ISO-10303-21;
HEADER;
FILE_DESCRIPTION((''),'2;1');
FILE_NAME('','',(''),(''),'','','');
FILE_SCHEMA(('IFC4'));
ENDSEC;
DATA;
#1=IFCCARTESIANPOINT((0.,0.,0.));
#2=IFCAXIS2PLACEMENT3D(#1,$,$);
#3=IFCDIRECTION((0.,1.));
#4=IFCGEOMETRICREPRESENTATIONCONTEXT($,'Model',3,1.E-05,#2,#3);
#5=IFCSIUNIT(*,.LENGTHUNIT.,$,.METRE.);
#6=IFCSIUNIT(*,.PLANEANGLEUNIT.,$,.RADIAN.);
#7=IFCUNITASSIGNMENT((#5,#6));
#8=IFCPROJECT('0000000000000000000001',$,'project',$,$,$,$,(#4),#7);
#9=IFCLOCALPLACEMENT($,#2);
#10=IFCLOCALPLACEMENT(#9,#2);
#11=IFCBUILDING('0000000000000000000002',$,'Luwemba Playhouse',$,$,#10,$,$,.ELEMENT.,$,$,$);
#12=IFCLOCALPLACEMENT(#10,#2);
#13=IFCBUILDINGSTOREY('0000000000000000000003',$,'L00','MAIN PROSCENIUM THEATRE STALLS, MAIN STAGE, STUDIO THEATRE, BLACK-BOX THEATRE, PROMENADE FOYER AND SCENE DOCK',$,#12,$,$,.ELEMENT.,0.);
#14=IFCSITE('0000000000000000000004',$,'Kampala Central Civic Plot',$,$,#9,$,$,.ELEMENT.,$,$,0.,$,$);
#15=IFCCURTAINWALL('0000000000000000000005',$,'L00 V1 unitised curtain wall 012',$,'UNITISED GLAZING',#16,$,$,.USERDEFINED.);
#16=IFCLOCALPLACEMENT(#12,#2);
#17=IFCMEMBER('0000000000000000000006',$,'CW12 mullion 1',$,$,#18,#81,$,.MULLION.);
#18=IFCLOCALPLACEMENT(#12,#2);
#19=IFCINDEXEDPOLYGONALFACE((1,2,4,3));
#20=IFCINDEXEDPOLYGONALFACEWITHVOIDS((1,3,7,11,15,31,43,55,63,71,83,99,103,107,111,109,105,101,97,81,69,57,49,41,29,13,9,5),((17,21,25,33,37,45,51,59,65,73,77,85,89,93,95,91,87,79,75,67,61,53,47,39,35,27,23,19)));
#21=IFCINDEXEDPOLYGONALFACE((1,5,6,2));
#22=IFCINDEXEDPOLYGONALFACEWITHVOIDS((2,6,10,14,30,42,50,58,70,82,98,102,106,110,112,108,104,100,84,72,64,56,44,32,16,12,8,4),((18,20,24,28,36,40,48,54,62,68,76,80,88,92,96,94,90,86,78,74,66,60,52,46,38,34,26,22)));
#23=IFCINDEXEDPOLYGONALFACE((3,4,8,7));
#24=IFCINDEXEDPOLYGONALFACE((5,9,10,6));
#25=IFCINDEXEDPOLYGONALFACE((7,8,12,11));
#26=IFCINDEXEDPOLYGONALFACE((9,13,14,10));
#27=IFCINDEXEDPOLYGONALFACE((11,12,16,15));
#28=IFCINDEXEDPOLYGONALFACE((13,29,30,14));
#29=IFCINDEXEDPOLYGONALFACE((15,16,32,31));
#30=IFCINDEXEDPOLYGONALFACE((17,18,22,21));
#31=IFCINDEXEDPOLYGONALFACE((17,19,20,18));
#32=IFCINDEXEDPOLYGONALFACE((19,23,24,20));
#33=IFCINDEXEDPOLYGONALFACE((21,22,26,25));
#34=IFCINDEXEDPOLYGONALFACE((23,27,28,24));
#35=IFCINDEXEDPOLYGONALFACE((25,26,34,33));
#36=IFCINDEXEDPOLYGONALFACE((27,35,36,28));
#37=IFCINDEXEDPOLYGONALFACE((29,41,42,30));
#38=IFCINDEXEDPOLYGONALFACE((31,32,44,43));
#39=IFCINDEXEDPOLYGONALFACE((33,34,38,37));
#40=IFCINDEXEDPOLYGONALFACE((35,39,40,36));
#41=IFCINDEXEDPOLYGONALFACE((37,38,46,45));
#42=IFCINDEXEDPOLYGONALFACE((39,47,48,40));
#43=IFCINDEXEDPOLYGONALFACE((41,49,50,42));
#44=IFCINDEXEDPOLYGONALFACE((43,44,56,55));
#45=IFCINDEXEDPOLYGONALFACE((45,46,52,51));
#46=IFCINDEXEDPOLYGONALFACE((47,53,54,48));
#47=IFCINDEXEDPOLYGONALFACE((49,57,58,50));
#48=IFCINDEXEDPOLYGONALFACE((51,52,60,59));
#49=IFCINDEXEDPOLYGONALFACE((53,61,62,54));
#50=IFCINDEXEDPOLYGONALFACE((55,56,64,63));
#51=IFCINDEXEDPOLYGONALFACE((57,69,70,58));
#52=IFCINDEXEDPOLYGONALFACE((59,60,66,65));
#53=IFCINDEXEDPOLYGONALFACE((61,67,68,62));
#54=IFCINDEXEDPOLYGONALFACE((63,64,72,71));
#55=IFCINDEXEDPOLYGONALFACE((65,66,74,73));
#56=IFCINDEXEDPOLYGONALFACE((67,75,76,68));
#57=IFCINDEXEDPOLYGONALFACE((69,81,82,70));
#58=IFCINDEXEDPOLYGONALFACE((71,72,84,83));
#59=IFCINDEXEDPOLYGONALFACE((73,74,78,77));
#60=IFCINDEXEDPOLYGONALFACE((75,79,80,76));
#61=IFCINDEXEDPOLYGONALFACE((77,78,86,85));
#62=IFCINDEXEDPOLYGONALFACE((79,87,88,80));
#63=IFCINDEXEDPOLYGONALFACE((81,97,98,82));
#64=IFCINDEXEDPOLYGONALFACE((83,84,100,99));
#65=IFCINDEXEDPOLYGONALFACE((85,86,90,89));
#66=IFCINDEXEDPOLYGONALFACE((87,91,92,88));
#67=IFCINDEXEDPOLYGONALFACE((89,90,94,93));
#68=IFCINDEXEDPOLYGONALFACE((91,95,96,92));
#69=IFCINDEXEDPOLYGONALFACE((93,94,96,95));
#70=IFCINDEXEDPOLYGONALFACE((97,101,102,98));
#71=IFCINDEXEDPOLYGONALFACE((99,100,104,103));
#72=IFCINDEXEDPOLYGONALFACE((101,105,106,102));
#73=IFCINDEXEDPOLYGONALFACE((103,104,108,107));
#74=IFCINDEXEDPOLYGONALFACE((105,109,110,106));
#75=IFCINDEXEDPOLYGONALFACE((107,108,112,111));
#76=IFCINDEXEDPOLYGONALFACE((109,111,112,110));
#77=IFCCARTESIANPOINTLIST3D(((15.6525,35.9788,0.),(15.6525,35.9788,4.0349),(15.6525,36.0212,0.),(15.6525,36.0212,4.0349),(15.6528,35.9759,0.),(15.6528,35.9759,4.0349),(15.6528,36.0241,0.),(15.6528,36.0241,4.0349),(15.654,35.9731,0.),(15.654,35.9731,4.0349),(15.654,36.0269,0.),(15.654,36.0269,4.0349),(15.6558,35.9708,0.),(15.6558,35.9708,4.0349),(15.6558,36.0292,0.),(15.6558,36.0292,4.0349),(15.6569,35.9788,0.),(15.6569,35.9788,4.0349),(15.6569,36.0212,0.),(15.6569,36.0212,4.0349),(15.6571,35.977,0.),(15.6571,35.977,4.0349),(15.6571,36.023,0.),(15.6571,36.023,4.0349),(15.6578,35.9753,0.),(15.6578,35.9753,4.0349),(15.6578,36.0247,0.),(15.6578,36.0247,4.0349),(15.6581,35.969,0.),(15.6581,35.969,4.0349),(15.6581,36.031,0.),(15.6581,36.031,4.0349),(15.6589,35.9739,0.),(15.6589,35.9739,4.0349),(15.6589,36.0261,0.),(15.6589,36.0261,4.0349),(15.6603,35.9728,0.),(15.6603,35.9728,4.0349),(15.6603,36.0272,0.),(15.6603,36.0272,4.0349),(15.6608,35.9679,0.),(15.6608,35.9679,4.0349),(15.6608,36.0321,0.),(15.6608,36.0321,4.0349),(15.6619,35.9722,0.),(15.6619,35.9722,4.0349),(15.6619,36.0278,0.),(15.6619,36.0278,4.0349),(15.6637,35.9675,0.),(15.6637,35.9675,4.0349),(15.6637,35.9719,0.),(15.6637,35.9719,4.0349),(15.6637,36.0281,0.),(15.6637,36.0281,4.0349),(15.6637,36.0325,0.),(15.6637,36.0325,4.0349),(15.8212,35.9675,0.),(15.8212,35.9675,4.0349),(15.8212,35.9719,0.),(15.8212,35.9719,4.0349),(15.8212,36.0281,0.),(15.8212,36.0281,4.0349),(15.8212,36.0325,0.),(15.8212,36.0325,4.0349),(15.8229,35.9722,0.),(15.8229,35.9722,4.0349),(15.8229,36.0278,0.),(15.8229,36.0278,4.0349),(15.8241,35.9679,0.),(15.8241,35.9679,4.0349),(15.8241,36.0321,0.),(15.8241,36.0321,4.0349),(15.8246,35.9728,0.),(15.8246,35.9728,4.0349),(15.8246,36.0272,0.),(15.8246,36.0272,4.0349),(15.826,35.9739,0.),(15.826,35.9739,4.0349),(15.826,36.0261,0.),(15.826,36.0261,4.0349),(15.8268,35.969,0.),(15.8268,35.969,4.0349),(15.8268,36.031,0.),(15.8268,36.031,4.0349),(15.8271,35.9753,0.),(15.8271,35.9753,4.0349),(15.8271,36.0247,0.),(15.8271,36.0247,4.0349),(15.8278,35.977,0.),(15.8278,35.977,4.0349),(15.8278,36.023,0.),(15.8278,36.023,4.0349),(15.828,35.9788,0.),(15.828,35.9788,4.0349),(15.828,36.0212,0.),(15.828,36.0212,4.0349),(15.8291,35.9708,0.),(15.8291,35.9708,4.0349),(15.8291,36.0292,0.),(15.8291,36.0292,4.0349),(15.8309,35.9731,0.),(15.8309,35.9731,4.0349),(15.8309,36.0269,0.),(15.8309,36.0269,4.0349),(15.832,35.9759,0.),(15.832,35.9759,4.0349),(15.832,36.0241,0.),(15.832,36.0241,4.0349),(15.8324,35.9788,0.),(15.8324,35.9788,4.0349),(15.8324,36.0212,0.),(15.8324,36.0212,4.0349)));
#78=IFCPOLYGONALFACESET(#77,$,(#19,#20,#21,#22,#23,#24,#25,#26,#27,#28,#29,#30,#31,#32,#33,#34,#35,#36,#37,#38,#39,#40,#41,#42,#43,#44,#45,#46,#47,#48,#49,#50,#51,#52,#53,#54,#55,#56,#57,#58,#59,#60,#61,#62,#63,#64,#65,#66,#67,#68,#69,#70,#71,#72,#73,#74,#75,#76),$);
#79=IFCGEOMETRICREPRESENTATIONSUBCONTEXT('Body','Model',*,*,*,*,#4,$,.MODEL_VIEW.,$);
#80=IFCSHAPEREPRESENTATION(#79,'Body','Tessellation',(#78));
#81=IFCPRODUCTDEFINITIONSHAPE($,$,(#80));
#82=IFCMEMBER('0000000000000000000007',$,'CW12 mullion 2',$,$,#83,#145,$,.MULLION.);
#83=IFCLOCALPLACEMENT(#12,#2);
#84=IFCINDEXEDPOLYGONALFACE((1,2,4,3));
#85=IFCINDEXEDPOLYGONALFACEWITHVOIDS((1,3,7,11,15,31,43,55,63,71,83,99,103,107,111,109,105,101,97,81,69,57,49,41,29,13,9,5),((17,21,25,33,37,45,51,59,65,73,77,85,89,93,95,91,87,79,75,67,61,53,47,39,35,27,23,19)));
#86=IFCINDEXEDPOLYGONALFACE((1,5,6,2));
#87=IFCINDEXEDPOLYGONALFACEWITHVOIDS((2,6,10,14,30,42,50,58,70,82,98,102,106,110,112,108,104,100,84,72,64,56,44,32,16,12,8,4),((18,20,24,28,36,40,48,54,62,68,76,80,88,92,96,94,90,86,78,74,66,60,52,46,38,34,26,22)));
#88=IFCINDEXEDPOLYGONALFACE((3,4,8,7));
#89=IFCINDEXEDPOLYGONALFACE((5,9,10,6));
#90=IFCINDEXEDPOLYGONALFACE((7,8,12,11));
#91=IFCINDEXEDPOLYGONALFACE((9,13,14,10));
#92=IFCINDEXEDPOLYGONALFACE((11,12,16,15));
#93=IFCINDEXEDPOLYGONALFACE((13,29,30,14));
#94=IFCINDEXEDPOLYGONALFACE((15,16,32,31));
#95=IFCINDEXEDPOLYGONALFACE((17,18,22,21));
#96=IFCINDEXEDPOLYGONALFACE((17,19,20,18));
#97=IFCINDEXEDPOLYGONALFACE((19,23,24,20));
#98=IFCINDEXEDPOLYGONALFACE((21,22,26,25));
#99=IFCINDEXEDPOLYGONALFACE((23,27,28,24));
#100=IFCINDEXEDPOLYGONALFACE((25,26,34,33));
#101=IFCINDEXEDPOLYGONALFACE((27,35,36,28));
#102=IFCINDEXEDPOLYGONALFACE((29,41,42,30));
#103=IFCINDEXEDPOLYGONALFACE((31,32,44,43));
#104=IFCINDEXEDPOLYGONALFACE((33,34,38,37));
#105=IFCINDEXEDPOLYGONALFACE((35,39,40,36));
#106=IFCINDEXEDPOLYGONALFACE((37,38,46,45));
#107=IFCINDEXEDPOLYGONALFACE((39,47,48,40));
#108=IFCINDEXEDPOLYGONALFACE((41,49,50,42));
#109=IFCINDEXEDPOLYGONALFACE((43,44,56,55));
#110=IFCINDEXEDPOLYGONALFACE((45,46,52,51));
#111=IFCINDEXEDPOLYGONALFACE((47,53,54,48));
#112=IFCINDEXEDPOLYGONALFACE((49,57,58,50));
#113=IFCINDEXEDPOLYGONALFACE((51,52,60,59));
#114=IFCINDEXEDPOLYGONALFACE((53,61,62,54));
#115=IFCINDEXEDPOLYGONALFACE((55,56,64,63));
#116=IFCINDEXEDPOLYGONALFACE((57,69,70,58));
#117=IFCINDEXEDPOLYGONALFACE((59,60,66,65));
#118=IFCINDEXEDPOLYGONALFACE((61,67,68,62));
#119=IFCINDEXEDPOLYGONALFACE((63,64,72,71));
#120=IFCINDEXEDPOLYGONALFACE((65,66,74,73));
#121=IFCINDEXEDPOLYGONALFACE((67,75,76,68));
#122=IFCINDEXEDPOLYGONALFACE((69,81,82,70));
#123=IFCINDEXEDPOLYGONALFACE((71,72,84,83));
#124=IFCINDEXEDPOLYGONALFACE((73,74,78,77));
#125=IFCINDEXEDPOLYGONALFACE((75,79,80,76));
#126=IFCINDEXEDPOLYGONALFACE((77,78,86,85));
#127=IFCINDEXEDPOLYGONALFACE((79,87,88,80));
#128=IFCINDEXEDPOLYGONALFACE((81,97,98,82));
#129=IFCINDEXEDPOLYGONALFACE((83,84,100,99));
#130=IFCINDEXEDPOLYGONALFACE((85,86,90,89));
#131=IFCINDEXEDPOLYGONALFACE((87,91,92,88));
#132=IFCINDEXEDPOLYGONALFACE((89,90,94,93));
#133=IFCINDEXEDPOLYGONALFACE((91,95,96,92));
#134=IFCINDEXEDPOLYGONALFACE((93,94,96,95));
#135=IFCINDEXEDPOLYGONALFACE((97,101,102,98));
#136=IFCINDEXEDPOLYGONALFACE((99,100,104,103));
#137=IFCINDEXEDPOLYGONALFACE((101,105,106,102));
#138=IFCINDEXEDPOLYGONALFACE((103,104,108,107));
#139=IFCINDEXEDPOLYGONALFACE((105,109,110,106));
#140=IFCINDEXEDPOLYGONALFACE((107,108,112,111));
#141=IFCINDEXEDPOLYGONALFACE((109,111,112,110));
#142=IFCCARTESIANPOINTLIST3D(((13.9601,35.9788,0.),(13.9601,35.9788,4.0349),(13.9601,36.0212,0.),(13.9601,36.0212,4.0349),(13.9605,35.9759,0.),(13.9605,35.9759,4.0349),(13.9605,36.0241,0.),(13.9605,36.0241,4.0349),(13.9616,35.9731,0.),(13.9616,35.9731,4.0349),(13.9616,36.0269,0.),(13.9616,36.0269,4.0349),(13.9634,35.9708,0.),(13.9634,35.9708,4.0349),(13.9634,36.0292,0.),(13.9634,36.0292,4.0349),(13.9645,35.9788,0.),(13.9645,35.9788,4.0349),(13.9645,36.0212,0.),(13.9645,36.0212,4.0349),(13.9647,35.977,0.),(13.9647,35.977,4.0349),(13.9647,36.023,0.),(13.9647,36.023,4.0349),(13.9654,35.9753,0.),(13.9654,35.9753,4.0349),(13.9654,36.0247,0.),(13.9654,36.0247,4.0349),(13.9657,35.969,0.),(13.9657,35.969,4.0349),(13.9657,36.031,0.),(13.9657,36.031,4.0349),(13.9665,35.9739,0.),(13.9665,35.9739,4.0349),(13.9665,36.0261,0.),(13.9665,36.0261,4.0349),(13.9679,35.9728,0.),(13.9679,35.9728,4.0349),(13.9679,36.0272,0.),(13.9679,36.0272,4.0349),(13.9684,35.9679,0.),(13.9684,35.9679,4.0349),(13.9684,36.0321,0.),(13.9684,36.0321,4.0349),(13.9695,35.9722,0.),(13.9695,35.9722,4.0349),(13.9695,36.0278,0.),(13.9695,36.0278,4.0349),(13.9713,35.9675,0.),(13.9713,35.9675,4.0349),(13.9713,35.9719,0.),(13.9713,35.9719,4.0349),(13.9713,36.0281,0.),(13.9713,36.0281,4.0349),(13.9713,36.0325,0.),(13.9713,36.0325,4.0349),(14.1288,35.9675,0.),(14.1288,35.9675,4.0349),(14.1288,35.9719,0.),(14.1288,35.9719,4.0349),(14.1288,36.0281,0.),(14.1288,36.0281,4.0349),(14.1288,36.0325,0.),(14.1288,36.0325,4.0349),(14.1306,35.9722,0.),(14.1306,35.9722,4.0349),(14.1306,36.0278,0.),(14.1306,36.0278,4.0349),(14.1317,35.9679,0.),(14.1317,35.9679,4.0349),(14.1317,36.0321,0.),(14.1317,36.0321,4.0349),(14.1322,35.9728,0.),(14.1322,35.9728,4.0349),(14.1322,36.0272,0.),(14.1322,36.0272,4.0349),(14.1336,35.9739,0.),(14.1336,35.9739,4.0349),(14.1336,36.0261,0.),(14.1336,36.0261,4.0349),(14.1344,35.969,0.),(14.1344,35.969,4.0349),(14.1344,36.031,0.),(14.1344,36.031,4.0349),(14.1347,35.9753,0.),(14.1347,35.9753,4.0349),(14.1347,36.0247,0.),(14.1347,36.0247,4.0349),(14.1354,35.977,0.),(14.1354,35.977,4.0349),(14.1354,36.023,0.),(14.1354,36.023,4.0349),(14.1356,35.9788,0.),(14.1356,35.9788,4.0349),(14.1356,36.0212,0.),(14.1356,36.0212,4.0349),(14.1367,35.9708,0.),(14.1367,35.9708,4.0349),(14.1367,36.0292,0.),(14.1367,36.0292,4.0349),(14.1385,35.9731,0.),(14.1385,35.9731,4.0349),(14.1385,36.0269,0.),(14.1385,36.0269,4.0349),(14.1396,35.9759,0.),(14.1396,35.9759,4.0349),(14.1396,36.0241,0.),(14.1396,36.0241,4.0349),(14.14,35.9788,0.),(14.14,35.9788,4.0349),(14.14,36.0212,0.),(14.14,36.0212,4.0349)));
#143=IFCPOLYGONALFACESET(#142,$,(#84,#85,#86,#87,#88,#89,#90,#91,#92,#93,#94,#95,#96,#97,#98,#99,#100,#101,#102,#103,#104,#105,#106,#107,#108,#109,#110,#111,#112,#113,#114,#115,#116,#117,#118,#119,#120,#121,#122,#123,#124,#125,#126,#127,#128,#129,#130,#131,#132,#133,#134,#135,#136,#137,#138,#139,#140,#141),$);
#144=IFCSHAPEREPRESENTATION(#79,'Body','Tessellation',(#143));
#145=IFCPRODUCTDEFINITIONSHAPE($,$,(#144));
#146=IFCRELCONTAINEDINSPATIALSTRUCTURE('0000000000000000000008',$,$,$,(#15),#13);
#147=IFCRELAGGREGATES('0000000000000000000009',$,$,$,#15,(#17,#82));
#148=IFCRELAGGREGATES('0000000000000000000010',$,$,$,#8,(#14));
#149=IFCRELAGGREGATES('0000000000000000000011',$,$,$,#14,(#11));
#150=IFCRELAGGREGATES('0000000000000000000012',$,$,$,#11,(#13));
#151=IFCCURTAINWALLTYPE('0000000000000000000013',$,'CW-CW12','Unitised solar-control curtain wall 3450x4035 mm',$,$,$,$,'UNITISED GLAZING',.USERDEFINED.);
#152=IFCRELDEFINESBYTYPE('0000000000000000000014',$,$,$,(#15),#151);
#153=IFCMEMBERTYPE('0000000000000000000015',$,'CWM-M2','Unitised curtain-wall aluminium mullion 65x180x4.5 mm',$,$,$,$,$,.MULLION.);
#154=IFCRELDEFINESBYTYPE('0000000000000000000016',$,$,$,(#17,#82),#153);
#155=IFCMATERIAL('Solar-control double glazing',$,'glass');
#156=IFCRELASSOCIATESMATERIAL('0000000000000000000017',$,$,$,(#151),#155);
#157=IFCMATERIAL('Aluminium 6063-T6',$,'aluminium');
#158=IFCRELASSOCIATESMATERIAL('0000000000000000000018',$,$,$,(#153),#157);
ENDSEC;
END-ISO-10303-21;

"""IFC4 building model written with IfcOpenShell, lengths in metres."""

from ifc_helpers import new_model, si_unit, direction, frame, origin, origin_2d, place, context, subcontext, project, spatial, hollow_rectangle, extrude, material, material_profile, profile_set, type_object, element, aggregate, save


model = new_model("IFC4")

# Units and contexts
model_context = context("Model", 3, precision=1e-05, world=origin(), true_north=direction((0.0, 1.0)))
body_context = subcontext(model_context, "Body", "Model", "MODEL_VIEW")
ifc_project = project(units=[si_unit("LENGTHUNIT", "METRE"), si_unit("PLANEANGLEUNIT", "RADIAN")], contexts=[model_context])

# Site, building, storey
site_placement = place(None, origin())
site = spatial("IfcSite", under=ifc_project, at=site_placement, Name="Kampala Central Civic Plot", CompositionType="ELEMENT", RefElevation=0.0)
building_placement = place(site_placement, origin())
building = spatial("IfcBuilding", under=site, at=building_placement, Name="Luwemba Playhouse", CompositionType="ELEMENT")
storey_placement = place(building_placement, origin())
storey = spatial("IfcBuildingStorey", under=building, at=storey_placement, Name="L00", Description="MAIN PROSCENIUM THEATRE STALLS, MAIN STAGE, STUDIO THEATRE, BLACK-BOX THEATRE, PROMENADE FOYER AND SCENE DOCK", CompositionType="ELEMENT", Elevation=0.0)

# Curtain wall, members
ifc_material_1 = material(Name="Solar-control double glazing", Category="glass")
ifc_material_2 = material(Name="Aluminium 6063-T6", Category="aluminium")
curtain_wall_type_1 = type_object("IfcCurtainWallType", Name="CW-CW12", Description="Unitised solar-control curtain wall 3450x4035 mm", ElementType="UNITISED GLAZING", PredefinedType="USERDEFINED", material=ifc_material_1)
curtain_wall_1_placement = place(storey_placement, origin())
curtain_wall_1 = element("IfcCurtainWall", 1, at=curtain_wall_1_placement, inside=storey, type_object=curtain_wall_type_1, Name="L00 V1 unitised curtain wall 012", ObjectType="UNITISED GLAZING", PredefinedType="USERDEFINED")
ifc_material_profile_1 = material_profile(ifc_material_2, hollow_rectangle(XDim=0.0649, YDim=0.1799, WallThickness=0.0044, InnerFilletRadius=0.0068, OuterFilletRadius=0.0112, at=origin_2d()))
ifc_profile_set_1 = profile_set([ifc_material_profile_1], Name="Aluminium 6063-T6")
member_type_1 = type_object("IfcMemberType", Name="CWM-M2", Description="Unitised curtain-wall aluminium mullion 65x180x4.5 mm", PredefinedType="MULLION", material=ifc_profile_set_1)
member_1_placement = place(storey_placement, frame((15.7424, 36.0, 0.0), z_axis=(0.0, 0.0, 1.0), x_axis=(0.0, -1.0, 0.0)))
member_1 = element("IfcMember", 2, at=member_1_placement, type_object=member_type_1, Name="CW12 mullion 1", PredefinedType="MULLION", context=body_context, shape_type="SweptSolid", body=[
    extrude(hollow_rectangle(XDim=0.0649, YDim=0.1799, WallThickness=0.0044, InnerFilletRadius=0.0068, OuterFilletRadius=0.0112, at=origin_2d()), origin(), (0.0, 0.0, 1.0), 4.0349),
])
member_2_placement = place(storey_placement, frame((14.05, 36.0, 0.0), z_axis=(0.0, 0.0, 1.0), x_axis=(0.0, -1.0, 0.0)))
member_2 = element("IfcMember", 3, at=member_2_placement, type_object=member_type_1, Name="CW12 mullion 2", PredefinedType="MULLION", context=body_context, shape_type="SweptSolid", body=[
    extrude(hollow_rectangle(XDim=0.0649, YDim=0.1799, WallThickness=0.0044, InnerFilletRadius=0.0068, OuterFilletRadius=0.0112, at=origin_2d()), origin(), (0.0, 0.0, 1.0), 4.0349),
])

aggregate(curtain_wall_1, [member_1, member_2])

save(model, "model.ifc")
